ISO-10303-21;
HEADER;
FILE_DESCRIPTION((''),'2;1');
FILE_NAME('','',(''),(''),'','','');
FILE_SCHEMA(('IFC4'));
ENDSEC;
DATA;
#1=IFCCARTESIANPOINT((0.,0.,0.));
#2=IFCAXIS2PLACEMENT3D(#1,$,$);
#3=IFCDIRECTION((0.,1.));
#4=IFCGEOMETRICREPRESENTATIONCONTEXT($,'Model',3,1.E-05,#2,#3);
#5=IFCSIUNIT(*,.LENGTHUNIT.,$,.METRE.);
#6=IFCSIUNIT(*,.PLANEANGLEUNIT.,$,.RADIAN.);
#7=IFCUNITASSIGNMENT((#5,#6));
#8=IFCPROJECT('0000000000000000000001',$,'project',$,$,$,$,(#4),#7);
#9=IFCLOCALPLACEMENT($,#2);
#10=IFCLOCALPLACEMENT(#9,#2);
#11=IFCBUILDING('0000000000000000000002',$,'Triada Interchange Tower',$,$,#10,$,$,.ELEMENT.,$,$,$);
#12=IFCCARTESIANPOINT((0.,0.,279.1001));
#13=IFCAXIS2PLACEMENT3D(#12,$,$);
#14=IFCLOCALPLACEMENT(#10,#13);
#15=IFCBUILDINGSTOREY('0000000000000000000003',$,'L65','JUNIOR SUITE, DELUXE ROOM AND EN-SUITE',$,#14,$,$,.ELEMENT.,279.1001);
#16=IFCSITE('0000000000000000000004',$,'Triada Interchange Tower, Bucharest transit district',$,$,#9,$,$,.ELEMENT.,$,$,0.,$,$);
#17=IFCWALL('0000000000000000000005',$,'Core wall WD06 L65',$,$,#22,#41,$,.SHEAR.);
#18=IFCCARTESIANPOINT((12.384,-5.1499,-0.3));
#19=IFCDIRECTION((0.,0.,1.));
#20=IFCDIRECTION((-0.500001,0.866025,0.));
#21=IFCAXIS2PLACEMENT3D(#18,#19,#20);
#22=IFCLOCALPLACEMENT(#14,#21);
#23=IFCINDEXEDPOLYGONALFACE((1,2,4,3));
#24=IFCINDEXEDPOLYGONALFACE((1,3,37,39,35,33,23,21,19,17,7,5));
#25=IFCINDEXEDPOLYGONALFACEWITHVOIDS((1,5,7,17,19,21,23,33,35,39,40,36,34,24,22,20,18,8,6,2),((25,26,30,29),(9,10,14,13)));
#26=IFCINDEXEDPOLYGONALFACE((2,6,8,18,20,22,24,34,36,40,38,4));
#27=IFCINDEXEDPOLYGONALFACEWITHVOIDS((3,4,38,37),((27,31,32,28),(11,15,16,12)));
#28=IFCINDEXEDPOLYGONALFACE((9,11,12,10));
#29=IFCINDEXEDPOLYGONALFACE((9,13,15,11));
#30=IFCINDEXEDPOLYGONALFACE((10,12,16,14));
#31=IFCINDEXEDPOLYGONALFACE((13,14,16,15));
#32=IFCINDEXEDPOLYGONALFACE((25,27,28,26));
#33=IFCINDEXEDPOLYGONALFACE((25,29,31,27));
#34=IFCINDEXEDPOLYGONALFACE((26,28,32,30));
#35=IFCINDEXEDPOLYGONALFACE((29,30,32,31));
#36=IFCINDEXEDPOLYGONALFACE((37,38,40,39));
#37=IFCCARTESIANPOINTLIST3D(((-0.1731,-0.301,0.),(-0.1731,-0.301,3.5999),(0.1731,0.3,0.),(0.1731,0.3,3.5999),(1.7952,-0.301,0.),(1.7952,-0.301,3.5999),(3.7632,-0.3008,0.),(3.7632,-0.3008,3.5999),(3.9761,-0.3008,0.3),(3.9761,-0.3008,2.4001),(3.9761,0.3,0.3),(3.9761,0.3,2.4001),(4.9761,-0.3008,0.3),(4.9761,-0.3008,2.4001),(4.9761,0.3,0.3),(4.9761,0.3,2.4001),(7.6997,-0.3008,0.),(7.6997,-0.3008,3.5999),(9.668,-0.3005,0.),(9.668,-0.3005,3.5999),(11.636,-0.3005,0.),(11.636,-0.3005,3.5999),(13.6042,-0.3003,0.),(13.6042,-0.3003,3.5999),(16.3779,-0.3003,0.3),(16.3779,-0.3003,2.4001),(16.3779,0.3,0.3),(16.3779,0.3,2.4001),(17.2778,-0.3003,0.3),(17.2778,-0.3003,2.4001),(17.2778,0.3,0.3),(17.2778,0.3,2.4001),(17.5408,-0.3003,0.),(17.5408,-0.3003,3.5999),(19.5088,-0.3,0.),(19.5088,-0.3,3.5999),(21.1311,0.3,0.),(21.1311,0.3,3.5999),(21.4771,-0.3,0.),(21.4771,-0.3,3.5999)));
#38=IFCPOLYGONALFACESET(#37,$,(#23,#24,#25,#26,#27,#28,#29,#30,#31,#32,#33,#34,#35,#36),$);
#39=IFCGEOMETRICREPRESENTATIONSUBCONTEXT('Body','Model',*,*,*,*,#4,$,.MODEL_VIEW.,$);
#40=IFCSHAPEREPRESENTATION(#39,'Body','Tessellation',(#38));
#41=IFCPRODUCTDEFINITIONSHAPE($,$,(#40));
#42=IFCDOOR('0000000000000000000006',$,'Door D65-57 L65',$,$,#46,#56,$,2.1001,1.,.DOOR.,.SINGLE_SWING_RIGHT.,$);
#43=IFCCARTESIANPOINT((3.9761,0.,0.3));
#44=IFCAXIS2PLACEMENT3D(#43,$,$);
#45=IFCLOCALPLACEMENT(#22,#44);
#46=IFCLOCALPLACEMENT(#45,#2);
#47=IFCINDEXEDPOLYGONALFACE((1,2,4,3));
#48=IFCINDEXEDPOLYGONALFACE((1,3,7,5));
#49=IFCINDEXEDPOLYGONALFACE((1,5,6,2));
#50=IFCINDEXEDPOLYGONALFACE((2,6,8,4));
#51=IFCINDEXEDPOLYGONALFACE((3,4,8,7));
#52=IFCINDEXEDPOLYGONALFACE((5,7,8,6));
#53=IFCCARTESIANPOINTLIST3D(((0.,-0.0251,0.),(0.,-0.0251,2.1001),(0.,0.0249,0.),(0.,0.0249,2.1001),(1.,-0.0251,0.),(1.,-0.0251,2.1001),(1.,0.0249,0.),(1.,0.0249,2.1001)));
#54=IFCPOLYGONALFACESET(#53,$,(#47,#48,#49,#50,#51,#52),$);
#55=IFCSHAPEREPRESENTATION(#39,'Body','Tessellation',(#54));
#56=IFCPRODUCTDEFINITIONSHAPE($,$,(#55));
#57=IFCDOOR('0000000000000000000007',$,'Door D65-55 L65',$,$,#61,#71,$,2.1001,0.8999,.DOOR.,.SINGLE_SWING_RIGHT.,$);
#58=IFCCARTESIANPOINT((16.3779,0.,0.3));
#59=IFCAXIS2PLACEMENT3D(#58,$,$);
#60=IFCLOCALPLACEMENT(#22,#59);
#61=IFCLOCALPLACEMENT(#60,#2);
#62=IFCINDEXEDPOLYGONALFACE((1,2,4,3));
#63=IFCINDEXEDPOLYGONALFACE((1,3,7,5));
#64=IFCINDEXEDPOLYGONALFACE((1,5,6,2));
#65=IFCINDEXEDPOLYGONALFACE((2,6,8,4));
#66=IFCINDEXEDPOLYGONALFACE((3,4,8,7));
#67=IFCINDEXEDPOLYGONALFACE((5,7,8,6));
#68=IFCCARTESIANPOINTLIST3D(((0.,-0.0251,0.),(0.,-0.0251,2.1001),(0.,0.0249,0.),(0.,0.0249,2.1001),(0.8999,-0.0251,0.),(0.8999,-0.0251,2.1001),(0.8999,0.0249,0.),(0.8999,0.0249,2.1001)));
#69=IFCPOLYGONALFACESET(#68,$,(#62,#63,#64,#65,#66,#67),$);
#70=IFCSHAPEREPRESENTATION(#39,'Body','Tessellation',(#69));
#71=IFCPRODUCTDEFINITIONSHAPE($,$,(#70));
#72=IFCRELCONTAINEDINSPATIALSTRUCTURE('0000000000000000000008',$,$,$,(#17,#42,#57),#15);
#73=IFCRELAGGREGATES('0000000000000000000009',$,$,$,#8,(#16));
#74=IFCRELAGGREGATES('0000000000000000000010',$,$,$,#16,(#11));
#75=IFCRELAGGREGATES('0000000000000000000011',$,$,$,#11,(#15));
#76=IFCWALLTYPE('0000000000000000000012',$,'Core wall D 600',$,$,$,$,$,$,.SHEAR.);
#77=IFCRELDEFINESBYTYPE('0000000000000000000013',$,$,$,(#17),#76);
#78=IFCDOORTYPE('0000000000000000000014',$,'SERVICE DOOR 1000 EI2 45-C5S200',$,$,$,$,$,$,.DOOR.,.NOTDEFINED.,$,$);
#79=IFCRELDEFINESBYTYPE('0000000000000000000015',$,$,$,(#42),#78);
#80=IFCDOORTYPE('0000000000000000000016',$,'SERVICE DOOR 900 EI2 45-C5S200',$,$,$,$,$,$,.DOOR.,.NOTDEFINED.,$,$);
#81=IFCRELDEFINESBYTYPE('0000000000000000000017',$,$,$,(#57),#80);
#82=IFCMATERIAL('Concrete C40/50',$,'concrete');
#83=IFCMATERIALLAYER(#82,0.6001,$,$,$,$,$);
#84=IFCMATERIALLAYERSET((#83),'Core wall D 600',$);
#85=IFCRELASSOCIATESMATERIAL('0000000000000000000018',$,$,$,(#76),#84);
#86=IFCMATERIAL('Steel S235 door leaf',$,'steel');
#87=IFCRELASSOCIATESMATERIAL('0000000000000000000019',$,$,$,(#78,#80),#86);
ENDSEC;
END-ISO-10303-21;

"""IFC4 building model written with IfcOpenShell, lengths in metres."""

from ifc_helpers import new_model, si_unit, direction, frame, frame_2d, origin, place, context, subcontext, project, spatial, polyline, rectangle, outline, extrude, material, layer, layer_set, type_object, element, fill, save


model = new_model("IFC4")

# Units and contexts
model_context = context("Model", 3, precision=1e-05, world=origin(), true_north=direction((0.0, 1.0)))
body_context = subcontext(model_context, "Body", "Model", "MODEL_VIEW")
ifc_project = project(units=[si_unit("LENGTHUNIT", "METRE"), si_unit("PLANEANGLEUNIT", "RADIAN")], contexts=[model_context])

# Site, building, storey
site_placement = place(None, origin())
site = spatial("IfcSite", under=ifc_project, at=site_placement, Name="Triada Interchange Tower, Bucharest transit district", CompositionType="ELEMENT", RefElevation=0.0)
building_placement = place(site_placement, origin())
building = spatial("IfcBuilding", under=site, at=building_placement, Name="Triada Interchange Tower", CompositionType="ELEMENT")
storey_placement = place(building_placement, frame((0.0, 0.0, 279.1001)))
storey = spatial("IfcBuildingStorey", under=building, at=storey_placement, Name="L65", Description="JUNIOR SUITE, DELUXE ROOM AND EN-SUITE", CompositionType="ELEMENT", Elevation=279.1001)

# Shared definitions
ifc_material_1 = material(Name="Concrete C40/50", Category="concrete")

# Wall, openings, doors
ifc_layer_1 = layer(ifc_material_1, 0.6001)
ifc_layer_set_1 = layer_set([ifc_layer_1], Name="Core wall D 600")
wall_type_1 = type_object("IfcWallType", Name="Core wall D 600", PredefinedType="SHEAR", material=ifc_layer_set_1)
wall_1_placement = place(storey_placement, frame((12.384, -5.1499, -0.3), z_axis=(0.0, 0.0, 1.0), x_axis=(-0.500001, 0.866025, 0.0)))
wall_1 = element("IfcWall", 1, at=wall_1_placement, inside=storey, type_object=wall_type_1, Name="Core wall WD06 L65", PredefinedType="SHEAR", context=body_context, shape_type="SweptSolid", body=[
    extrude(outline(polyline([(-0.1731, -0.301), (1.7952, -0.301), (3.7632, -0.3008), (5.7314, -0.3008), (7.6997, -0.3008), (9.668, -0.3005), (11.636, -0.3005), (13.6042, -0.3003), (15.5725, -0.3003), (17.5408, -0.3003), (19.5088, -0.3), (21.4771, -0.3), (21.1311, 0.3), (19.2258, 0.3), (17.3206, 0.3), (15.4153, 0.3), (13.51, 0.3), (11.6047, 0.3), (9.6995, 0.3), (7.7942, 0.3), (5.8889, 0.3), (3.9836, 0.3), (2.0784, 0.3), (0.1731, 0.3), (-0.1731, -0.301)])), origin(), (0.0, 0.0, 1.0), 3.5999),
])
opening_1_placement = place(wall_1_placement, frame((16.3779, 0.0, 0.3)))
opening_1 = element("IfcOpeningElement", 2, at=opening_1_placement, cuts=wall_1, PredefinedType="OPENING", context=body_context, shape_type="SweptSolid", body=[
    extrude(rectangle(XDim=0.8999, YDim=2.1001, at=frame_2d((0.45, 1.05))), frame((0.0, 0.3101, 0.0), z_axis=(0.0, -1.0, 0.0), x_axis=(1.0, 0.0, 0.0)), (0.0, 0.0, 1.0), 0.6211),
])
opening_2_placement = place(wall_1_placement, frame((3.9761, 0.0, 0.3)))
opening_2 = element("IfcOpeningElement", 3, at=opening_2_placement, cuts=wall_1, PredefinedType="OPENING", context=body_context, shape_type="SweptSolid", body=[
    extrude(rectangle(XDim=1.0, YDim=2.1001, at=frame_2d((0.5, 1.05))), frame((0.0, 0.3101, 0.0), z_axis=(0.0, -1.0, 0.0), x_axis=(1.0, 0.0, 0.0)), (0.0, 0.0, 1.0), 0.6211),
])
ifc_material_2 = material(Name="Steel S235 door leaf", Category="steel")
door_type_1 = type_object("IfcDoorType", Name="SERVICE DOOR 1000 EI2 45-C5S200", OperationType="NOTDEFINED", PredefinedType="DOOR", material=ifc_material_2)
door_1_placement = place(opening_2_placement, origin())
door_1 = element("IfcDoor", 4, at=door_1_placement, inside=storey, type_object=door_type_1, Name="Door D65-57 L65", OperationType="SINGLE_SWING_RIGHT", OverallHeight=2.1001, OverallWidth=1.0, PredefinedType="DOOR", context=body_context, shape_type="SweptSolid", body=[
    extrude(rectangle(XDim=1.0, YDim=2.1001, at=frame_2d((0.5, 1.05))), frame((0.0, 0.0249, 0.0), z_axis=(0.0, -1.0, 0.0), x_axis=(1.0, 0.0, 0.0)), (0.0, 0.0, 1.0), 0.05),
])
fill(opening_2, door_1)
door_type_2 = type_object("IfcDoorType", Name="SERVICE DOOR 900 EI2 45-C5S200", OperationType="NOTDEFINED", PredefinedType="DOOR", material=ifc_material_2)
door_2_placement = place(opening_1_placement, origin())
door_2 = element("IfcDoor", 5, at=door_2_placement, inside=storey, type_object=door_type_2, Name="Door D65-55 L65", OperationType="SINGLE_SWING_RIGHT", OverallHeight=2.1001, OverallWidth=0.8999, PredefinedType="DOOR", context=body_context, shape_type="SweptSolid", body=[
    extrude(rectangle(XDim=0.8999, YDim=2.1001, at=frame_2d((0.45, 1.05))), frame((0.0, 0.0249, 0.0), z_axis=(0.0, -1.0, 0.0), x_axis=(1.0, 0.0, 0.0)), (0.0, 0.0, 1.0), 0.05),
])
fill(opening_1, door_2)

save(model, "model.ifc")
